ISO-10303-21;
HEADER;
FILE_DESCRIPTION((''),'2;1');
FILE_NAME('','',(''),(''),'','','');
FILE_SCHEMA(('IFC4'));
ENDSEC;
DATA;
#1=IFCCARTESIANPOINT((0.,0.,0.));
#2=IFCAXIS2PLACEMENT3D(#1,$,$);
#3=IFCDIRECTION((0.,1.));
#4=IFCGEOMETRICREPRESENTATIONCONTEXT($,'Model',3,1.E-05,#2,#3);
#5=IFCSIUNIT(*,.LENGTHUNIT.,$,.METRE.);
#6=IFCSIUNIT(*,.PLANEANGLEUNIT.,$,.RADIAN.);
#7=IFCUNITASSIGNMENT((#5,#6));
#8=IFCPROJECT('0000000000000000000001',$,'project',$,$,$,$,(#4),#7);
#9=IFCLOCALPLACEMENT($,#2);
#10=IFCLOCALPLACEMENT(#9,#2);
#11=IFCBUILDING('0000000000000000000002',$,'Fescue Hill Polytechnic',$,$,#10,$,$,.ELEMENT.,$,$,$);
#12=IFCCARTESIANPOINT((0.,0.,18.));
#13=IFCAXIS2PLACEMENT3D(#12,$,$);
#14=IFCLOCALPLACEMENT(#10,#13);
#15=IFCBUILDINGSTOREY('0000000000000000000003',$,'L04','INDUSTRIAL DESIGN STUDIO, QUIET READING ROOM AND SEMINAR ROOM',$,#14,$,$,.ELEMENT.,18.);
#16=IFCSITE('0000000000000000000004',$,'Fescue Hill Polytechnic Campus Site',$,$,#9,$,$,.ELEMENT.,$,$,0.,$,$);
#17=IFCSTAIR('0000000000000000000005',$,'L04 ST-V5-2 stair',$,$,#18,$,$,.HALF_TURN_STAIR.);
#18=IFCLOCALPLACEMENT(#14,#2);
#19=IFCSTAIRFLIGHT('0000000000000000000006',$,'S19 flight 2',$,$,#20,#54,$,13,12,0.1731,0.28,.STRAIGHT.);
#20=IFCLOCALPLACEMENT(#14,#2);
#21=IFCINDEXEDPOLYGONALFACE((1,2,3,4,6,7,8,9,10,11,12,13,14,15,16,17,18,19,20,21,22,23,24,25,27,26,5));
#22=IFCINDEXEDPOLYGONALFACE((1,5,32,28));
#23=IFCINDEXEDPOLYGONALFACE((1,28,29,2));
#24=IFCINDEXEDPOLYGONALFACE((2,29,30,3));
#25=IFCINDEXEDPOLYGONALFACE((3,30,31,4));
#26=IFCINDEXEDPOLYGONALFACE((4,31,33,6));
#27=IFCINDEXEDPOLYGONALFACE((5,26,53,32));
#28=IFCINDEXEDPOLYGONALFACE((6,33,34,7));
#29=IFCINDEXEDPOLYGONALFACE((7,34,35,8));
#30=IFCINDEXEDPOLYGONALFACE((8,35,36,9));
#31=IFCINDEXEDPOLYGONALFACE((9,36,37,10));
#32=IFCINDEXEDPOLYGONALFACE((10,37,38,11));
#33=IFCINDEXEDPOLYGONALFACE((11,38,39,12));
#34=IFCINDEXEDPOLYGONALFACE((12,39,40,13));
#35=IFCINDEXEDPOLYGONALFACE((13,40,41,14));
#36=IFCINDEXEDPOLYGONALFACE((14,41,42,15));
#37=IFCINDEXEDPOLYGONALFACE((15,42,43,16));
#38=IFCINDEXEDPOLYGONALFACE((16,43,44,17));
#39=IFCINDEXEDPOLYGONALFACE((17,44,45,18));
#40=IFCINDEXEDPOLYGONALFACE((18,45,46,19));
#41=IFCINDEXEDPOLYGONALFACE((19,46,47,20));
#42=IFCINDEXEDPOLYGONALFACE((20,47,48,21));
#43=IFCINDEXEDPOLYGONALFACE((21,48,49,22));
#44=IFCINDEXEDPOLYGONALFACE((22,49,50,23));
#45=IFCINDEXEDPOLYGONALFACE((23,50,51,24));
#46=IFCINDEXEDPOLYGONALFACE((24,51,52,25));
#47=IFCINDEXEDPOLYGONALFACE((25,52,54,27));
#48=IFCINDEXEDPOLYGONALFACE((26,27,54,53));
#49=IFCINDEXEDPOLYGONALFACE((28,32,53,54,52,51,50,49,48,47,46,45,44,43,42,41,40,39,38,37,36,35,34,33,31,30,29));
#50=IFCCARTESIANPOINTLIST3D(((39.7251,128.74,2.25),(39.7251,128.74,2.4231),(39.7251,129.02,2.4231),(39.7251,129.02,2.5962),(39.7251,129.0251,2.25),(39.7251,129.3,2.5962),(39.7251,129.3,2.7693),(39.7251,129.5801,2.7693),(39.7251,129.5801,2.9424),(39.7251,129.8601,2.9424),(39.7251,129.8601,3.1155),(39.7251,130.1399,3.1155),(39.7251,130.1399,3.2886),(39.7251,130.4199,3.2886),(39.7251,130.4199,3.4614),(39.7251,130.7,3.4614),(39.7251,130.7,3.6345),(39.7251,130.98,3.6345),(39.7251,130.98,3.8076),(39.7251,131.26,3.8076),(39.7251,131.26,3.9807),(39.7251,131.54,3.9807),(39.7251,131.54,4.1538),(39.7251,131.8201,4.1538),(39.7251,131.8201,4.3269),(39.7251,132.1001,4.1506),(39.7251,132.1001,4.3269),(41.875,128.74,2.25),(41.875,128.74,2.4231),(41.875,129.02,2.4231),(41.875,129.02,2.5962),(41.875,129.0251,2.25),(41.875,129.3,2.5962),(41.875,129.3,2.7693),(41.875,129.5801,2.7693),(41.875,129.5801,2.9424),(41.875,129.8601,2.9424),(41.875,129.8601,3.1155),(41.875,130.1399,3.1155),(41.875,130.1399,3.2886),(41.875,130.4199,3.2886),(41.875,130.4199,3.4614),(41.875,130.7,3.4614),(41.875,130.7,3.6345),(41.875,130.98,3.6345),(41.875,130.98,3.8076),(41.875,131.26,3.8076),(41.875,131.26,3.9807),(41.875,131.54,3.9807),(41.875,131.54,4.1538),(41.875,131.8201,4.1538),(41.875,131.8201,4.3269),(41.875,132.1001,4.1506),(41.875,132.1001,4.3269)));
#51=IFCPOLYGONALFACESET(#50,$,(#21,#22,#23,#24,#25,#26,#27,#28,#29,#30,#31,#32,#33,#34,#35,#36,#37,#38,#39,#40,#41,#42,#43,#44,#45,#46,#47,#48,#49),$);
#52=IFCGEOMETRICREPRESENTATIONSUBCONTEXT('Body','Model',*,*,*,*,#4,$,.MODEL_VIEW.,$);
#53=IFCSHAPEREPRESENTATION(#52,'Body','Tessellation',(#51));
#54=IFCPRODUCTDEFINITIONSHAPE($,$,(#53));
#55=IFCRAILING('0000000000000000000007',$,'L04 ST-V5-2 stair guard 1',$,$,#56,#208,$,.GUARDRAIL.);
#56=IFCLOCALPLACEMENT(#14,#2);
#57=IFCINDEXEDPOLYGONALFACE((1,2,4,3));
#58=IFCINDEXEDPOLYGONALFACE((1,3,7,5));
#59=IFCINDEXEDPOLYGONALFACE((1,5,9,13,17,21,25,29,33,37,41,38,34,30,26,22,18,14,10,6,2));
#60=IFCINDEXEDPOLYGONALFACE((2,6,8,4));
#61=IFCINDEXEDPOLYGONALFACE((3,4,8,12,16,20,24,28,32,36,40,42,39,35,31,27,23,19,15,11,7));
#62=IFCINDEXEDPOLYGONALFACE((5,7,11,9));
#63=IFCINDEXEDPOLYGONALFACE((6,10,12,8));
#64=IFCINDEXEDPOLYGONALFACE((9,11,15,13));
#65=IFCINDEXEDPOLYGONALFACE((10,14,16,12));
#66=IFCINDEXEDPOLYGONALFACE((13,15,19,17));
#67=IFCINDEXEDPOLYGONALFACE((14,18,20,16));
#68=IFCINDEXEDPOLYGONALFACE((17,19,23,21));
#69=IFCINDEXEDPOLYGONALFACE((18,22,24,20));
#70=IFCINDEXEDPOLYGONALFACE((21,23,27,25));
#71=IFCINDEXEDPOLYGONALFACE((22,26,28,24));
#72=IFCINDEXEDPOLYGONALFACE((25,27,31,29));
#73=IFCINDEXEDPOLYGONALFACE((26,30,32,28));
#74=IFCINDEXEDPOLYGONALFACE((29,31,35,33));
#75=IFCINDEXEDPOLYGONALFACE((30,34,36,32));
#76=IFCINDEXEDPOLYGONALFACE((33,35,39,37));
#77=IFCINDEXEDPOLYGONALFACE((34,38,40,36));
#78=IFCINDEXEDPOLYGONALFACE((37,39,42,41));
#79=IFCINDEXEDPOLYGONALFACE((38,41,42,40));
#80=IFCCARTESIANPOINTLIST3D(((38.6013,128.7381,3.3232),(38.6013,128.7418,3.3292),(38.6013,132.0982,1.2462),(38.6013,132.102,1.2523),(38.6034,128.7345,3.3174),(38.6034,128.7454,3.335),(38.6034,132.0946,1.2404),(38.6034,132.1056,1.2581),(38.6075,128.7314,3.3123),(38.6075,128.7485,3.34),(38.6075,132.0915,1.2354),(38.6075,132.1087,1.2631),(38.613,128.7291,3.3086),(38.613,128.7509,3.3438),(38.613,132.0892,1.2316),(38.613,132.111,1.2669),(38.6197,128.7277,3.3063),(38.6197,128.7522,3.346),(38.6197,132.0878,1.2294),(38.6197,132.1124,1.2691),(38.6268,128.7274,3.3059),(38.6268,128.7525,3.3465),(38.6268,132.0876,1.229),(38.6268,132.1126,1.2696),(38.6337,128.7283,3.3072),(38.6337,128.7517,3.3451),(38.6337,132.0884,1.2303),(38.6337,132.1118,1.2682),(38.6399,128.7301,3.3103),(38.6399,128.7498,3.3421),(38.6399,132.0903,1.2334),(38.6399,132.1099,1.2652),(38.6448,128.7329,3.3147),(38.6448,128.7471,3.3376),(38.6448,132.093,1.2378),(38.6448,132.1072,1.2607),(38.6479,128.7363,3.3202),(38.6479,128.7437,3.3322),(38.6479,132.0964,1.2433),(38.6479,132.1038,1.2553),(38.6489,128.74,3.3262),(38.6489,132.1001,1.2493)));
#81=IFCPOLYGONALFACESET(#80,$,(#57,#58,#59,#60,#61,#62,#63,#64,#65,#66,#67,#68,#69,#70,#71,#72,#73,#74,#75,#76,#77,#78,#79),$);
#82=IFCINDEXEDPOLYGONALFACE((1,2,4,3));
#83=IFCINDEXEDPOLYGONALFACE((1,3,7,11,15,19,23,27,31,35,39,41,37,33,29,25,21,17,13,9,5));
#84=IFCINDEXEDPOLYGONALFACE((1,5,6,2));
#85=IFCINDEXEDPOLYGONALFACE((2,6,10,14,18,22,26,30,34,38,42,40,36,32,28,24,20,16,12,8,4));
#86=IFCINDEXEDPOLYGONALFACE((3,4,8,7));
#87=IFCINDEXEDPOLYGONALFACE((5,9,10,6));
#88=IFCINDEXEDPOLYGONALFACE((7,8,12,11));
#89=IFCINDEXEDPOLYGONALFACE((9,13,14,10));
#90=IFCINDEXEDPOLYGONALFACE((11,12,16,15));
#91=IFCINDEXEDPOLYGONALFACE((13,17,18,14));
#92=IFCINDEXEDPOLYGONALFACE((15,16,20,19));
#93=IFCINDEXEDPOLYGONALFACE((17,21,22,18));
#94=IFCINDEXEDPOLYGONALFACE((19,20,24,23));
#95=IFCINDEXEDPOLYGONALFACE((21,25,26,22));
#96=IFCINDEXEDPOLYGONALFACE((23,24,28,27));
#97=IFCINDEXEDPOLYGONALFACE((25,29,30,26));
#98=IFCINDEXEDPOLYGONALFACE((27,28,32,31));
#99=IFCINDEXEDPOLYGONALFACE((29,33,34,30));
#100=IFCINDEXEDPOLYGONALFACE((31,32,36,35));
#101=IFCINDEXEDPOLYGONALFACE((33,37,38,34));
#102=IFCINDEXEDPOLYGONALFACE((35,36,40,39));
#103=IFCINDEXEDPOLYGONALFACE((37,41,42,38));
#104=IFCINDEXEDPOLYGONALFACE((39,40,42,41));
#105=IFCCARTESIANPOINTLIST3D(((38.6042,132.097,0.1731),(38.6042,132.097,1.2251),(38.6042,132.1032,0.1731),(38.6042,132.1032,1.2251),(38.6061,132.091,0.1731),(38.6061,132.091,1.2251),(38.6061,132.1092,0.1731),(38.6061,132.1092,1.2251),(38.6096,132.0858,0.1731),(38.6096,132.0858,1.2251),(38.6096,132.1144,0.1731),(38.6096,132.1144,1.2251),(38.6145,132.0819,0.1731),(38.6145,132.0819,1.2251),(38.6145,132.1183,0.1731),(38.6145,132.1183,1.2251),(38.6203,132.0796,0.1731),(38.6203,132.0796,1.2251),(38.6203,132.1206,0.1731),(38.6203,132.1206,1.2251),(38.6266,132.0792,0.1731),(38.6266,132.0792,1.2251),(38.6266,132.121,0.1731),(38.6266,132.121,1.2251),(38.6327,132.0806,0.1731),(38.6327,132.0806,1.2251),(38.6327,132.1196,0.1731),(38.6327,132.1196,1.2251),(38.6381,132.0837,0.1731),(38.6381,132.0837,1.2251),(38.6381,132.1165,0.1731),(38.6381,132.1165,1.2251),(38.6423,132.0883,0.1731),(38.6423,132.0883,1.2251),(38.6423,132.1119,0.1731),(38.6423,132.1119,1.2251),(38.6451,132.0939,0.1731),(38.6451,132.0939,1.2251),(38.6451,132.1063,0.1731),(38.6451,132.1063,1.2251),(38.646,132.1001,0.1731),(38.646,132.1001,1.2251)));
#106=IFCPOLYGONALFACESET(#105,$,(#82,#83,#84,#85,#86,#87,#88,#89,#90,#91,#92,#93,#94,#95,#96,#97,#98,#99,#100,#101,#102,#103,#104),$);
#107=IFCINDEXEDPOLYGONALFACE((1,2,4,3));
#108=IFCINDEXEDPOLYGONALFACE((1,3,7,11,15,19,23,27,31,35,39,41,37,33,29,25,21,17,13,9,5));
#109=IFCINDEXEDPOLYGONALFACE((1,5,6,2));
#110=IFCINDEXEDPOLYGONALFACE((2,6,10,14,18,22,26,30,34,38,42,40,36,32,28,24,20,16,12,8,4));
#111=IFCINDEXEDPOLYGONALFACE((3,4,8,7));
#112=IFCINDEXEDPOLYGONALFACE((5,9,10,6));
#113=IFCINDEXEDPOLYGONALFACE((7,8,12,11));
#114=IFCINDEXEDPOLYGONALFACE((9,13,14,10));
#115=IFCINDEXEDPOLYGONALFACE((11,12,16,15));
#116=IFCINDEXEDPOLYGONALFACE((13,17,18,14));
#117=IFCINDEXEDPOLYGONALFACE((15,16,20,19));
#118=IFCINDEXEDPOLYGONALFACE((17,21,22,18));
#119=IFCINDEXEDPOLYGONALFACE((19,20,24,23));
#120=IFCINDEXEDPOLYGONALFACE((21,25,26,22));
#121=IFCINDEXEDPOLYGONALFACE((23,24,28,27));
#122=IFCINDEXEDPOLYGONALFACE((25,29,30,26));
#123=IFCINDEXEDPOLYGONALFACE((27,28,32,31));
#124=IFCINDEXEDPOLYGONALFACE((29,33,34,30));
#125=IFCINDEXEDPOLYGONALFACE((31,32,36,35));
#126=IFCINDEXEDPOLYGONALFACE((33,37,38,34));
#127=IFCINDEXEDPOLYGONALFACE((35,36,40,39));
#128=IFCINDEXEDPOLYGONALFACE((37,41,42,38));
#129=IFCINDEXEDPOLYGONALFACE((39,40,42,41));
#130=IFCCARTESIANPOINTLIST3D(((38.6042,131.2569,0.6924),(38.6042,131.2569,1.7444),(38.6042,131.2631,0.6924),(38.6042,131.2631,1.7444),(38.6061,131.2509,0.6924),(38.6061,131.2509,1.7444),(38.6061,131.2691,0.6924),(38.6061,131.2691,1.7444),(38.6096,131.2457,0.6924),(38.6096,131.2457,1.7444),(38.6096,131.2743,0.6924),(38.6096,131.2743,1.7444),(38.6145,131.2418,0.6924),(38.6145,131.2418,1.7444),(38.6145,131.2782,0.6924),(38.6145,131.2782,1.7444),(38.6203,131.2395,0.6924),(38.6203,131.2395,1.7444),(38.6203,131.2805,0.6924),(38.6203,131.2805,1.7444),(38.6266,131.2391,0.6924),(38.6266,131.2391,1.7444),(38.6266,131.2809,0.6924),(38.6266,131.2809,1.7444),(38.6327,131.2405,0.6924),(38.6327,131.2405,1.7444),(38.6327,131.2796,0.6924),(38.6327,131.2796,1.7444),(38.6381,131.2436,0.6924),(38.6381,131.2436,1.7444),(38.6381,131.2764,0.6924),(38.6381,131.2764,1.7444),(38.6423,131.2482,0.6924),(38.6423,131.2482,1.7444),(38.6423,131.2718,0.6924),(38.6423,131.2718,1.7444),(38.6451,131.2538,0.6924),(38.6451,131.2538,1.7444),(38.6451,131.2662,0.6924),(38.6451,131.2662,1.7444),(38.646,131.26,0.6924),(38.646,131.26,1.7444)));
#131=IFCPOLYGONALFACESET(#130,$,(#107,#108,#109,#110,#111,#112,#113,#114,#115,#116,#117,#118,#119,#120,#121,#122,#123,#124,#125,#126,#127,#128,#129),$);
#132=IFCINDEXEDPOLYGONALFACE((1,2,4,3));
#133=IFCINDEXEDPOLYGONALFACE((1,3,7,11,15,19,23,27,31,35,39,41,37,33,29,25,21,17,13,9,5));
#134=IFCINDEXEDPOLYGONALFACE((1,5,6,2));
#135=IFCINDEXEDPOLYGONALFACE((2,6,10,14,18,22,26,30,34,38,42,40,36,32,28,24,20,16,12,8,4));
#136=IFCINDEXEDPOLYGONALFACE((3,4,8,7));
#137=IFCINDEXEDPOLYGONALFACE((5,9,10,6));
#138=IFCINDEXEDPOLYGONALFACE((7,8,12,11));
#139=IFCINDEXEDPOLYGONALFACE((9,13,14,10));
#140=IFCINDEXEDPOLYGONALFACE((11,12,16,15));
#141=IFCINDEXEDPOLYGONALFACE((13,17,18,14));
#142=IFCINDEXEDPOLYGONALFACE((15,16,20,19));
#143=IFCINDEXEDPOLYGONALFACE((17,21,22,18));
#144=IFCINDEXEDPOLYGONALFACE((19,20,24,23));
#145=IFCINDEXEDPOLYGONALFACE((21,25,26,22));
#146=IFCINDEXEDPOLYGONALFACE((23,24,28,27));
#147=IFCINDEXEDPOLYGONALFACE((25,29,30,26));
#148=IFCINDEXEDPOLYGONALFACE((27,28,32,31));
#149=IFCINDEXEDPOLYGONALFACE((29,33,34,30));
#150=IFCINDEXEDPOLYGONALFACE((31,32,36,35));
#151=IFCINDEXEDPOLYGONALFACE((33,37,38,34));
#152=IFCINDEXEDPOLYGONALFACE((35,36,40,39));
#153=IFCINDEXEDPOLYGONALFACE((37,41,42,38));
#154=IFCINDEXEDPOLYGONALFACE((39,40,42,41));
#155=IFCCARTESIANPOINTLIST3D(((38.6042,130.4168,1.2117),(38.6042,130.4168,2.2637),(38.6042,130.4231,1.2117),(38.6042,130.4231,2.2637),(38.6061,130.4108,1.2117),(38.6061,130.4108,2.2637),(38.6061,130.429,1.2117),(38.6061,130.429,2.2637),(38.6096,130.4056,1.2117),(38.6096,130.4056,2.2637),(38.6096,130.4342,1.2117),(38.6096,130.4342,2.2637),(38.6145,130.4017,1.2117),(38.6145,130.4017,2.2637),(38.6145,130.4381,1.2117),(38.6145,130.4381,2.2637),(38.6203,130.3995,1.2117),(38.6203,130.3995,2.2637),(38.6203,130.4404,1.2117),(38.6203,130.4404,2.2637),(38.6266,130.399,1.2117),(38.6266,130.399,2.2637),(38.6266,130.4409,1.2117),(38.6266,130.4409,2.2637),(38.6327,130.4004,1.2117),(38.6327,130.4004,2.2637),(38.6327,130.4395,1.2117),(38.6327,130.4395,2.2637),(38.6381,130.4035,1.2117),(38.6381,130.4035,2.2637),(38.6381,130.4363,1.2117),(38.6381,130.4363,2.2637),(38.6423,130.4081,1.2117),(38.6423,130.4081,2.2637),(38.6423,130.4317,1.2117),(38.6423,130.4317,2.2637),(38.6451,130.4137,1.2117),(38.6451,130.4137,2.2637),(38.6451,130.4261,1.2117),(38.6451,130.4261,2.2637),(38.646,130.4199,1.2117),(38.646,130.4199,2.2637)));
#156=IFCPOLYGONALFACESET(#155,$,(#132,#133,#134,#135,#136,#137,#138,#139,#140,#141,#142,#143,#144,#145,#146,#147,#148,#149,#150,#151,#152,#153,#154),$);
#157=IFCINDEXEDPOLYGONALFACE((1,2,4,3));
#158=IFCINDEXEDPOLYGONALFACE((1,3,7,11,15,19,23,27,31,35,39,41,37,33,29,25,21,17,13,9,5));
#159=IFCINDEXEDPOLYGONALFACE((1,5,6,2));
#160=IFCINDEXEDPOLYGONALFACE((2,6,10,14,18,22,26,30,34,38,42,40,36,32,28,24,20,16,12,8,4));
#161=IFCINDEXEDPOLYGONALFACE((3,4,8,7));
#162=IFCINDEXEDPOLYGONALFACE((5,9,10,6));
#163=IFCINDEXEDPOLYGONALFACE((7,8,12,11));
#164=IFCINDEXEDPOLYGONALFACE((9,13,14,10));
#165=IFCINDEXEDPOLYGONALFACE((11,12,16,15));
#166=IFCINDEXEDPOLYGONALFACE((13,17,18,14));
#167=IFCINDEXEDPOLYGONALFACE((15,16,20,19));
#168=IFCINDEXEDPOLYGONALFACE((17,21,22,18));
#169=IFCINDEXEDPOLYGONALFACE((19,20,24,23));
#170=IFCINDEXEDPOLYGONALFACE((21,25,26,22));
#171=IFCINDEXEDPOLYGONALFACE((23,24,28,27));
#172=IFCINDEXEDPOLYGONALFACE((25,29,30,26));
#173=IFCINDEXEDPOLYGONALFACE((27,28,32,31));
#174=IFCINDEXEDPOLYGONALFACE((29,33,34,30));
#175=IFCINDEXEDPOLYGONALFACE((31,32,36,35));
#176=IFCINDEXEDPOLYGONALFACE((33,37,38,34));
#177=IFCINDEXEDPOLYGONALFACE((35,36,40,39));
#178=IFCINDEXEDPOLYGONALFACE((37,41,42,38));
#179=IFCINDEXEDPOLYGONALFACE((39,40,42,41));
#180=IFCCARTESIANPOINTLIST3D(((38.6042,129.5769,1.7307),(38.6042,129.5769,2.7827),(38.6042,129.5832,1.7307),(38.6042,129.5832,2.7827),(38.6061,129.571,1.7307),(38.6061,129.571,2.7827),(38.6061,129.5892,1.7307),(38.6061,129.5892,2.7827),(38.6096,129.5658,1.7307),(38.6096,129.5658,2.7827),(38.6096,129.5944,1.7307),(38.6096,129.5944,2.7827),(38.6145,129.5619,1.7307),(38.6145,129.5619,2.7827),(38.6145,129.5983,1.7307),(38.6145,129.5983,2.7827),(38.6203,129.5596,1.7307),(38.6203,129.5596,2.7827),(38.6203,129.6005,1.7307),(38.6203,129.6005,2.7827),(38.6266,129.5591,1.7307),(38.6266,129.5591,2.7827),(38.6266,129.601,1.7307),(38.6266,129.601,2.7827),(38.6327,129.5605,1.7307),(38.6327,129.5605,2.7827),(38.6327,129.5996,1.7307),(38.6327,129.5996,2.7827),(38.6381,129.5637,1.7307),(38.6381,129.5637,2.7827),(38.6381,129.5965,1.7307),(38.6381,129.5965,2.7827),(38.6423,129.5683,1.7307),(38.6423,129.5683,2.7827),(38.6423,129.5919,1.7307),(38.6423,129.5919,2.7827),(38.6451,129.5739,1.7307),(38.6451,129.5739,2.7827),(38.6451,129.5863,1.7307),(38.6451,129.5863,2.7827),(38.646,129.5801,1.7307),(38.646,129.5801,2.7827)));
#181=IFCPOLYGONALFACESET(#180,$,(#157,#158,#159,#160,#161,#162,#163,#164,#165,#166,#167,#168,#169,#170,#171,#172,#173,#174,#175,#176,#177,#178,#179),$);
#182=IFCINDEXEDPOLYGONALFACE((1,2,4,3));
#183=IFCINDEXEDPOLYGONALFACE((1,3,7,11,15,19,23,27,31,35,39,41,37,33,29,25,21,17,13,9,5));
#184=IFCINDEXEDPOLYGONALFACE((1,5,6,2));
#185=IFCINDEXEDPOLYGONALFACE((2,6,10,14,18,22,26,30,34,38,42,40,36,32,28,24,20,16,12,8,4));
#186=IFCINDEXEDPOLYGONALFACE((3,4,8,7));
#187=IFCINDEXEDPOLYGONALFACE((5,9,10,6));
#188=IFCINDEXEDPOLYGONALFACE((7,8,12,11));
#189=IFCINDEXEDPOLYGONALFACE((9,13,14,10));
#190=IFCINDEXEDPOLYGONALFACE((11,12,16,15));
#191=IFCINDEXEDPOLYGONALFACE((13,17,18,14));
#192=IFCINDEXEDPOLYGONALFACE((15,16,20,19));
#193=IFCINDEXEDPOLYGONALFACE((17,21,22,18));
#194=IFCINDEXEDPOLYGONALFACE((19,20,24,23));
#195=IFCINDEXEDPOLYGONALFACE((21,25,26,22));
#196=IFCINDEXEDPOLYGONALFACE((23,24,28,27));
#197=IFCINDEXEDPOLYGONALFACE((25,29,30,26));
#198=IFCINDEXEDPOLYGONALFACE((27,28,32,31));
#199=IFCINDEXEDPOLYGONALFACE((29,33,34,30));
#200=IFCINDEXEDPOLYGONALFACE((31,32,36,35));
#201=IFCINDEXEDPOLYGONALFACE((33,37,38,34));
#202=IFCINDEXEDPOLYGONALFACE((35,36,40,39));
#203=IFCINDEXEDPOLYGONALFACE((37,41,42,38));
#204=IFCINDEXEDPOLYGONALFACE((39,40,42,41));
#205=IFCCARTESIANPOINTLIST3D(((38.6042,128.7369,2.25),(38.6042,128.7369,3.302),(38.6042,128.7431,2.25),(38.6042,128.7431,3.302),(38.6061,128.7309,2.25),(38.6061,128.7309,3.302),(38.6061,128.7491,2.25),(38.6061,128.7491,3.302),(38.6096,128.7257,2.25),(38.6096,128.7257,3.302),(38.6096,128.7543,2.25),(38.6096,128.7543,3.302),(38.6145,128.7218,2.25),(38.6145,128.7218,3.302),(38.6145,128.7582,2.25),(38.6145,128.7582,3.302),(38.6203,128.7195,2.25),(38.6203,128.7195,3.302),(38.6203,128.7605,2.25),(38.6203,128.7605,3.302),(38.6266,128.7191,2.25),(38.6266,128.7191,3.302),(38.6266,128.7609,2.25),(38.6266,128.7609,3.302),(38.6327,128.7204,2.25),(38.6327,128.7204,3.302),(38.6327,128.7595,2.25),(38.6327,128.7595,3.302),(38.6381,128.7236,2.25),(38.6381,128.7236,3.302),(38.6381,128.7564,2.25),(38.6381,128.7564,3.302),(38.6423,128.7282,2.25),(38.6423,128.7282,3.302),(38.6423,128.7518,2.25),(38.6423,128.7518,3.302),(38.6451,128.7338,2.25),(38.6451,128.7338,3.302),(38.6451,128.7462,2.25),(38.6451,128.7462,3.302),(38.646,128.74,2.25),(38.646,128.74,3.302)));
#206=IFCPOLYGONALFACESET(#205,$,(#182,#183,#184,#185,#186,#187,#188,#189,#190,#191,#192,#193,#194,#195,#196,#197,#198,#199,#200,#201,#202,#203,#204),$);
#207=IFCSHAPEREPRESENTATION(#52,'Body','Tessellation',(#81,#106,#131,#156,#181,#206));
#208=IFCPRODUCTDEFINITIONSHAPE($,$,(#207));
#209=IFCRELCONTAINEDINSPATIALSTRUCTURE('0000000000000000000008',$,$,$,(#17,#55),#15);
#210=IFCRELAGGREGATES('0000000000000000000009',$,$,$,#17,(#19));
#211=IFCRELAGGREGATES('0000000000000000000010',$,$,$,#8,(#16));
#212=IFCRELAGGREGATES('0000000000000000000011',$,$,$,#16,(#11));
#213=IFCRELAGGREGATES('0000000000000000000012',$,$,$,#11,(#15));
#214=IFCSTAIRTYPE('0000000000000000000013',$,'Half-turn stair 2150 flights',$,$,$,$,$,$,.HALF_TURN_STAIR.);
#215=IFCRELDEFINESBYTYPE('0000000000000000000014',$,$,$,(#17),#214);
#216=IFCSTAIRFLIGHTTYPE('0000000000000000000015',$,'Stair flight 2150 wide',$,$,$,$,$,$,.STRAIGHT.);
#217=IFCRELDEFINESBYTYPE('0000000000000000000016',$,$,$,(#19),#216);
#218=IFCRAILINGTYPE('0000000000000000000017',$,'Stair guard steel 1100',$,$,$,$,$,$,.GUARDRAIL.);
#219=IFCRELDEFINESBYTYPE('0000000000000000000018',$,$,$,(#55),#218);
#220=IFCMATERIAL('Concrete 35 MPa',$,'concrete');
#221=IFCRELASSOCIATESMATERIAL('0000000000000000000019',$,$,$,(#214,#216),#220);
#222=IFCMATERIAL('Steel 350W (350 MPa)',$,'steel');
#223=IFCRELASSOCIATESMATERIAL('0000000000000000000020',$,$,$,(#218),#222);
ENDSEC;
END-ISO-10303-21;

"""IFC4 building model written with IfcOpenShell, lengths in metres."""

from ifc_helpers import new_model, si_unit, direction, frame, origin, origin_2d, place, context, subcontext, project, spatial, polyline, circle, outline, extrude, material, type_object, element, aggregate, save


model = new_model("IFC4")

# Units and contexts
model_context = context("Model", 3, precision=1e-05, world=origin(), true_north=direction((0.0, 1.0)))
body_context = subcontext(model_context, "Body", "Model", "MODEL_VIEW")
ifc_project = project(units=[si_unit("LENGTHUNIT", "METRE"), si_unit("PLANEANGLEUNIT", "RADIAN")], contexts=[model_context])

# Site, building, storey
site_placement = place(None, origin())
site = spatial("IfcSite", under=ifc_project, at=site_placement, Name="Fescue Hill Polytechnic Campus Site", CompositionType="ELEMENT", RefElevation=0.0)
building_placement = place(site_placement, origin())
building = spatial("IfcBuilding", under=site, at=building_placement, Name="Fescue Hill Polytechnic", CompositionType="ELEMENT")
storey_placement = place(building_placement, frame((0.0, 0.0, 18.0)))
storey = spatial("IfcBuildingStorey", under=building, at=storey_placement, Name="L04", Description="INDUSTRIAL DESIGN STUDIO, QUIET READING ROOM AND SEMINAR ROOM", CompositionType="ELEMENT", Elevation=18.0)

# Shared definitions
ifc_material_1 = material(Name="Concrete 35 MPa", Category="concrete")

# Stair, stair flight
stair_type = type_object("IfcStairType", Name="Half-turn stair 2150 flights", PredefinedType="HALF_TURN_STAIR", material=ifc_material_1)
stair_placement = place(storey_placement, origin())
stair = element("IfcStair", 1, at=stair_placement, inside=storey, type_object=stair_type, Name="L04 ST-V5-2 stair", PredefinedType="HALF_TURN_STAIR")
stair_flight_type = type_object("IfcStairFlightType", Name="Stair flight 2150 wide", PredefinedType="STRAIGHT", material=ifc_material_1)
stair_flight_1_placement = place(storey_placement, frame((40.8, 128.74, 2.25), z_axis=(0.0, 0.0, 1.0), x_axis=(0.0, 1.0, 0.0)))
stair_flight_1 = element("IfcStairFlight", 2, at=stair_flight_1_placement, type_object=stair_flight_type, Name="S19 flight 2", NumberOfRisers=13, NumberOfTreads=12, PredefinedType="STRAIGHT", RiserHeight=0.1731, TreadLength=0.28, context=body_context, shape_type="SweptSolid", body=[
    extrude(outline(polyline([(0.0, 0.0), (0.0, 0.1731), (0.28, 0.1731), (0.28, 0.3462), (0.5601, 0.3462), (0.5601, 0.5193), (0.8401, 0.5193), (0.8401, 0.6924), (1.1201, 0.6924), (1.1201, 0.8655), (1.3999, 0.8655), (1.3999, 1.0386), (1.6799, 1.0386), (1.6799, 1.2114), (1.96, 1.2114), (1.96, 1.3845), (2.24, 1.3845), (2.24, 1.5576), (2.52, 1.5576), (2.52, 1.7307), (2.8, 1.7307), (2.8, 1.9038), (3.0801, 1.9038), (3.0801, 2.0769), (3.3601, 2.0769), (3.3601, 2.25), (3.3601, 1.9006), (0.2852, 0.0), (0.0, 0.0)])), frame((0.0, 1.075, 0.0), z_axis=(0.0, -1.0, 0.0), x_axis=(1.0, 0.0, 0.0)), (0.0, 0.0, 1.0), 2.1499),
])
aggregate(stair, [stair_flight_1])

# Railing
ifc_material_2 = material(Name="Steel 350W (350 MPa)", Category="steel")
railing_type_1 = type_object("IfcRailingType", Name="Stair guard steel 1100", PredefinedType="GUARDRAIL", material=ifc_material_2)
railing_1_placement = place(storey_placement, frame((38.625, 132.1001, 0.1731)))
element("IfcRailing", 3, at=railing_1_placement, inside=storey, type_object=railing_type_1, Name="L04 ST-V5-2 stair guard 1", PredefinedType="GUARDRAIL", context=body_context, shape_type="SweptSolid", body=[
    extrude(circle(Radius=0.0239, at=origin_2d()), frame((0.0, 0.0, 1.0762), z_axis=(0.0, -0.850623, 0.525776), x_axis=(1.0, 0.0, 0.0)), (0.0, 0.0, 1.0), 3.9502),
    extrude(circle(Radius=0.021, at=origin_2d()), origin(), (0.0, 0.0, 1.0), 1.052),
    extrude(circle(Radius=0.021, at=origin_2d()), frame((0.0, -0.8401, 0.5193)), (0.0, 0.0, 1.0), 1.052),
    extrude(circle(Radius=0.021, at=origin_2d()), frame((0.0, -1.6802, 1.0386)), (0.0, 0.0, 1.0), 1.052),
    extrude(circle(Radius=0.021, at=origin_2d()), frame((0.0, -2.52, 1.5576)), (0.0, 0.0, 1.0), 1.052),
    extrude(circle(Radius=0.021, at=origin_2d()), frame((0.0, -3.3601, 2.0769)), (0.0, 0.0, 1.0), 1.052),
])

save(model, "model.ifc")
